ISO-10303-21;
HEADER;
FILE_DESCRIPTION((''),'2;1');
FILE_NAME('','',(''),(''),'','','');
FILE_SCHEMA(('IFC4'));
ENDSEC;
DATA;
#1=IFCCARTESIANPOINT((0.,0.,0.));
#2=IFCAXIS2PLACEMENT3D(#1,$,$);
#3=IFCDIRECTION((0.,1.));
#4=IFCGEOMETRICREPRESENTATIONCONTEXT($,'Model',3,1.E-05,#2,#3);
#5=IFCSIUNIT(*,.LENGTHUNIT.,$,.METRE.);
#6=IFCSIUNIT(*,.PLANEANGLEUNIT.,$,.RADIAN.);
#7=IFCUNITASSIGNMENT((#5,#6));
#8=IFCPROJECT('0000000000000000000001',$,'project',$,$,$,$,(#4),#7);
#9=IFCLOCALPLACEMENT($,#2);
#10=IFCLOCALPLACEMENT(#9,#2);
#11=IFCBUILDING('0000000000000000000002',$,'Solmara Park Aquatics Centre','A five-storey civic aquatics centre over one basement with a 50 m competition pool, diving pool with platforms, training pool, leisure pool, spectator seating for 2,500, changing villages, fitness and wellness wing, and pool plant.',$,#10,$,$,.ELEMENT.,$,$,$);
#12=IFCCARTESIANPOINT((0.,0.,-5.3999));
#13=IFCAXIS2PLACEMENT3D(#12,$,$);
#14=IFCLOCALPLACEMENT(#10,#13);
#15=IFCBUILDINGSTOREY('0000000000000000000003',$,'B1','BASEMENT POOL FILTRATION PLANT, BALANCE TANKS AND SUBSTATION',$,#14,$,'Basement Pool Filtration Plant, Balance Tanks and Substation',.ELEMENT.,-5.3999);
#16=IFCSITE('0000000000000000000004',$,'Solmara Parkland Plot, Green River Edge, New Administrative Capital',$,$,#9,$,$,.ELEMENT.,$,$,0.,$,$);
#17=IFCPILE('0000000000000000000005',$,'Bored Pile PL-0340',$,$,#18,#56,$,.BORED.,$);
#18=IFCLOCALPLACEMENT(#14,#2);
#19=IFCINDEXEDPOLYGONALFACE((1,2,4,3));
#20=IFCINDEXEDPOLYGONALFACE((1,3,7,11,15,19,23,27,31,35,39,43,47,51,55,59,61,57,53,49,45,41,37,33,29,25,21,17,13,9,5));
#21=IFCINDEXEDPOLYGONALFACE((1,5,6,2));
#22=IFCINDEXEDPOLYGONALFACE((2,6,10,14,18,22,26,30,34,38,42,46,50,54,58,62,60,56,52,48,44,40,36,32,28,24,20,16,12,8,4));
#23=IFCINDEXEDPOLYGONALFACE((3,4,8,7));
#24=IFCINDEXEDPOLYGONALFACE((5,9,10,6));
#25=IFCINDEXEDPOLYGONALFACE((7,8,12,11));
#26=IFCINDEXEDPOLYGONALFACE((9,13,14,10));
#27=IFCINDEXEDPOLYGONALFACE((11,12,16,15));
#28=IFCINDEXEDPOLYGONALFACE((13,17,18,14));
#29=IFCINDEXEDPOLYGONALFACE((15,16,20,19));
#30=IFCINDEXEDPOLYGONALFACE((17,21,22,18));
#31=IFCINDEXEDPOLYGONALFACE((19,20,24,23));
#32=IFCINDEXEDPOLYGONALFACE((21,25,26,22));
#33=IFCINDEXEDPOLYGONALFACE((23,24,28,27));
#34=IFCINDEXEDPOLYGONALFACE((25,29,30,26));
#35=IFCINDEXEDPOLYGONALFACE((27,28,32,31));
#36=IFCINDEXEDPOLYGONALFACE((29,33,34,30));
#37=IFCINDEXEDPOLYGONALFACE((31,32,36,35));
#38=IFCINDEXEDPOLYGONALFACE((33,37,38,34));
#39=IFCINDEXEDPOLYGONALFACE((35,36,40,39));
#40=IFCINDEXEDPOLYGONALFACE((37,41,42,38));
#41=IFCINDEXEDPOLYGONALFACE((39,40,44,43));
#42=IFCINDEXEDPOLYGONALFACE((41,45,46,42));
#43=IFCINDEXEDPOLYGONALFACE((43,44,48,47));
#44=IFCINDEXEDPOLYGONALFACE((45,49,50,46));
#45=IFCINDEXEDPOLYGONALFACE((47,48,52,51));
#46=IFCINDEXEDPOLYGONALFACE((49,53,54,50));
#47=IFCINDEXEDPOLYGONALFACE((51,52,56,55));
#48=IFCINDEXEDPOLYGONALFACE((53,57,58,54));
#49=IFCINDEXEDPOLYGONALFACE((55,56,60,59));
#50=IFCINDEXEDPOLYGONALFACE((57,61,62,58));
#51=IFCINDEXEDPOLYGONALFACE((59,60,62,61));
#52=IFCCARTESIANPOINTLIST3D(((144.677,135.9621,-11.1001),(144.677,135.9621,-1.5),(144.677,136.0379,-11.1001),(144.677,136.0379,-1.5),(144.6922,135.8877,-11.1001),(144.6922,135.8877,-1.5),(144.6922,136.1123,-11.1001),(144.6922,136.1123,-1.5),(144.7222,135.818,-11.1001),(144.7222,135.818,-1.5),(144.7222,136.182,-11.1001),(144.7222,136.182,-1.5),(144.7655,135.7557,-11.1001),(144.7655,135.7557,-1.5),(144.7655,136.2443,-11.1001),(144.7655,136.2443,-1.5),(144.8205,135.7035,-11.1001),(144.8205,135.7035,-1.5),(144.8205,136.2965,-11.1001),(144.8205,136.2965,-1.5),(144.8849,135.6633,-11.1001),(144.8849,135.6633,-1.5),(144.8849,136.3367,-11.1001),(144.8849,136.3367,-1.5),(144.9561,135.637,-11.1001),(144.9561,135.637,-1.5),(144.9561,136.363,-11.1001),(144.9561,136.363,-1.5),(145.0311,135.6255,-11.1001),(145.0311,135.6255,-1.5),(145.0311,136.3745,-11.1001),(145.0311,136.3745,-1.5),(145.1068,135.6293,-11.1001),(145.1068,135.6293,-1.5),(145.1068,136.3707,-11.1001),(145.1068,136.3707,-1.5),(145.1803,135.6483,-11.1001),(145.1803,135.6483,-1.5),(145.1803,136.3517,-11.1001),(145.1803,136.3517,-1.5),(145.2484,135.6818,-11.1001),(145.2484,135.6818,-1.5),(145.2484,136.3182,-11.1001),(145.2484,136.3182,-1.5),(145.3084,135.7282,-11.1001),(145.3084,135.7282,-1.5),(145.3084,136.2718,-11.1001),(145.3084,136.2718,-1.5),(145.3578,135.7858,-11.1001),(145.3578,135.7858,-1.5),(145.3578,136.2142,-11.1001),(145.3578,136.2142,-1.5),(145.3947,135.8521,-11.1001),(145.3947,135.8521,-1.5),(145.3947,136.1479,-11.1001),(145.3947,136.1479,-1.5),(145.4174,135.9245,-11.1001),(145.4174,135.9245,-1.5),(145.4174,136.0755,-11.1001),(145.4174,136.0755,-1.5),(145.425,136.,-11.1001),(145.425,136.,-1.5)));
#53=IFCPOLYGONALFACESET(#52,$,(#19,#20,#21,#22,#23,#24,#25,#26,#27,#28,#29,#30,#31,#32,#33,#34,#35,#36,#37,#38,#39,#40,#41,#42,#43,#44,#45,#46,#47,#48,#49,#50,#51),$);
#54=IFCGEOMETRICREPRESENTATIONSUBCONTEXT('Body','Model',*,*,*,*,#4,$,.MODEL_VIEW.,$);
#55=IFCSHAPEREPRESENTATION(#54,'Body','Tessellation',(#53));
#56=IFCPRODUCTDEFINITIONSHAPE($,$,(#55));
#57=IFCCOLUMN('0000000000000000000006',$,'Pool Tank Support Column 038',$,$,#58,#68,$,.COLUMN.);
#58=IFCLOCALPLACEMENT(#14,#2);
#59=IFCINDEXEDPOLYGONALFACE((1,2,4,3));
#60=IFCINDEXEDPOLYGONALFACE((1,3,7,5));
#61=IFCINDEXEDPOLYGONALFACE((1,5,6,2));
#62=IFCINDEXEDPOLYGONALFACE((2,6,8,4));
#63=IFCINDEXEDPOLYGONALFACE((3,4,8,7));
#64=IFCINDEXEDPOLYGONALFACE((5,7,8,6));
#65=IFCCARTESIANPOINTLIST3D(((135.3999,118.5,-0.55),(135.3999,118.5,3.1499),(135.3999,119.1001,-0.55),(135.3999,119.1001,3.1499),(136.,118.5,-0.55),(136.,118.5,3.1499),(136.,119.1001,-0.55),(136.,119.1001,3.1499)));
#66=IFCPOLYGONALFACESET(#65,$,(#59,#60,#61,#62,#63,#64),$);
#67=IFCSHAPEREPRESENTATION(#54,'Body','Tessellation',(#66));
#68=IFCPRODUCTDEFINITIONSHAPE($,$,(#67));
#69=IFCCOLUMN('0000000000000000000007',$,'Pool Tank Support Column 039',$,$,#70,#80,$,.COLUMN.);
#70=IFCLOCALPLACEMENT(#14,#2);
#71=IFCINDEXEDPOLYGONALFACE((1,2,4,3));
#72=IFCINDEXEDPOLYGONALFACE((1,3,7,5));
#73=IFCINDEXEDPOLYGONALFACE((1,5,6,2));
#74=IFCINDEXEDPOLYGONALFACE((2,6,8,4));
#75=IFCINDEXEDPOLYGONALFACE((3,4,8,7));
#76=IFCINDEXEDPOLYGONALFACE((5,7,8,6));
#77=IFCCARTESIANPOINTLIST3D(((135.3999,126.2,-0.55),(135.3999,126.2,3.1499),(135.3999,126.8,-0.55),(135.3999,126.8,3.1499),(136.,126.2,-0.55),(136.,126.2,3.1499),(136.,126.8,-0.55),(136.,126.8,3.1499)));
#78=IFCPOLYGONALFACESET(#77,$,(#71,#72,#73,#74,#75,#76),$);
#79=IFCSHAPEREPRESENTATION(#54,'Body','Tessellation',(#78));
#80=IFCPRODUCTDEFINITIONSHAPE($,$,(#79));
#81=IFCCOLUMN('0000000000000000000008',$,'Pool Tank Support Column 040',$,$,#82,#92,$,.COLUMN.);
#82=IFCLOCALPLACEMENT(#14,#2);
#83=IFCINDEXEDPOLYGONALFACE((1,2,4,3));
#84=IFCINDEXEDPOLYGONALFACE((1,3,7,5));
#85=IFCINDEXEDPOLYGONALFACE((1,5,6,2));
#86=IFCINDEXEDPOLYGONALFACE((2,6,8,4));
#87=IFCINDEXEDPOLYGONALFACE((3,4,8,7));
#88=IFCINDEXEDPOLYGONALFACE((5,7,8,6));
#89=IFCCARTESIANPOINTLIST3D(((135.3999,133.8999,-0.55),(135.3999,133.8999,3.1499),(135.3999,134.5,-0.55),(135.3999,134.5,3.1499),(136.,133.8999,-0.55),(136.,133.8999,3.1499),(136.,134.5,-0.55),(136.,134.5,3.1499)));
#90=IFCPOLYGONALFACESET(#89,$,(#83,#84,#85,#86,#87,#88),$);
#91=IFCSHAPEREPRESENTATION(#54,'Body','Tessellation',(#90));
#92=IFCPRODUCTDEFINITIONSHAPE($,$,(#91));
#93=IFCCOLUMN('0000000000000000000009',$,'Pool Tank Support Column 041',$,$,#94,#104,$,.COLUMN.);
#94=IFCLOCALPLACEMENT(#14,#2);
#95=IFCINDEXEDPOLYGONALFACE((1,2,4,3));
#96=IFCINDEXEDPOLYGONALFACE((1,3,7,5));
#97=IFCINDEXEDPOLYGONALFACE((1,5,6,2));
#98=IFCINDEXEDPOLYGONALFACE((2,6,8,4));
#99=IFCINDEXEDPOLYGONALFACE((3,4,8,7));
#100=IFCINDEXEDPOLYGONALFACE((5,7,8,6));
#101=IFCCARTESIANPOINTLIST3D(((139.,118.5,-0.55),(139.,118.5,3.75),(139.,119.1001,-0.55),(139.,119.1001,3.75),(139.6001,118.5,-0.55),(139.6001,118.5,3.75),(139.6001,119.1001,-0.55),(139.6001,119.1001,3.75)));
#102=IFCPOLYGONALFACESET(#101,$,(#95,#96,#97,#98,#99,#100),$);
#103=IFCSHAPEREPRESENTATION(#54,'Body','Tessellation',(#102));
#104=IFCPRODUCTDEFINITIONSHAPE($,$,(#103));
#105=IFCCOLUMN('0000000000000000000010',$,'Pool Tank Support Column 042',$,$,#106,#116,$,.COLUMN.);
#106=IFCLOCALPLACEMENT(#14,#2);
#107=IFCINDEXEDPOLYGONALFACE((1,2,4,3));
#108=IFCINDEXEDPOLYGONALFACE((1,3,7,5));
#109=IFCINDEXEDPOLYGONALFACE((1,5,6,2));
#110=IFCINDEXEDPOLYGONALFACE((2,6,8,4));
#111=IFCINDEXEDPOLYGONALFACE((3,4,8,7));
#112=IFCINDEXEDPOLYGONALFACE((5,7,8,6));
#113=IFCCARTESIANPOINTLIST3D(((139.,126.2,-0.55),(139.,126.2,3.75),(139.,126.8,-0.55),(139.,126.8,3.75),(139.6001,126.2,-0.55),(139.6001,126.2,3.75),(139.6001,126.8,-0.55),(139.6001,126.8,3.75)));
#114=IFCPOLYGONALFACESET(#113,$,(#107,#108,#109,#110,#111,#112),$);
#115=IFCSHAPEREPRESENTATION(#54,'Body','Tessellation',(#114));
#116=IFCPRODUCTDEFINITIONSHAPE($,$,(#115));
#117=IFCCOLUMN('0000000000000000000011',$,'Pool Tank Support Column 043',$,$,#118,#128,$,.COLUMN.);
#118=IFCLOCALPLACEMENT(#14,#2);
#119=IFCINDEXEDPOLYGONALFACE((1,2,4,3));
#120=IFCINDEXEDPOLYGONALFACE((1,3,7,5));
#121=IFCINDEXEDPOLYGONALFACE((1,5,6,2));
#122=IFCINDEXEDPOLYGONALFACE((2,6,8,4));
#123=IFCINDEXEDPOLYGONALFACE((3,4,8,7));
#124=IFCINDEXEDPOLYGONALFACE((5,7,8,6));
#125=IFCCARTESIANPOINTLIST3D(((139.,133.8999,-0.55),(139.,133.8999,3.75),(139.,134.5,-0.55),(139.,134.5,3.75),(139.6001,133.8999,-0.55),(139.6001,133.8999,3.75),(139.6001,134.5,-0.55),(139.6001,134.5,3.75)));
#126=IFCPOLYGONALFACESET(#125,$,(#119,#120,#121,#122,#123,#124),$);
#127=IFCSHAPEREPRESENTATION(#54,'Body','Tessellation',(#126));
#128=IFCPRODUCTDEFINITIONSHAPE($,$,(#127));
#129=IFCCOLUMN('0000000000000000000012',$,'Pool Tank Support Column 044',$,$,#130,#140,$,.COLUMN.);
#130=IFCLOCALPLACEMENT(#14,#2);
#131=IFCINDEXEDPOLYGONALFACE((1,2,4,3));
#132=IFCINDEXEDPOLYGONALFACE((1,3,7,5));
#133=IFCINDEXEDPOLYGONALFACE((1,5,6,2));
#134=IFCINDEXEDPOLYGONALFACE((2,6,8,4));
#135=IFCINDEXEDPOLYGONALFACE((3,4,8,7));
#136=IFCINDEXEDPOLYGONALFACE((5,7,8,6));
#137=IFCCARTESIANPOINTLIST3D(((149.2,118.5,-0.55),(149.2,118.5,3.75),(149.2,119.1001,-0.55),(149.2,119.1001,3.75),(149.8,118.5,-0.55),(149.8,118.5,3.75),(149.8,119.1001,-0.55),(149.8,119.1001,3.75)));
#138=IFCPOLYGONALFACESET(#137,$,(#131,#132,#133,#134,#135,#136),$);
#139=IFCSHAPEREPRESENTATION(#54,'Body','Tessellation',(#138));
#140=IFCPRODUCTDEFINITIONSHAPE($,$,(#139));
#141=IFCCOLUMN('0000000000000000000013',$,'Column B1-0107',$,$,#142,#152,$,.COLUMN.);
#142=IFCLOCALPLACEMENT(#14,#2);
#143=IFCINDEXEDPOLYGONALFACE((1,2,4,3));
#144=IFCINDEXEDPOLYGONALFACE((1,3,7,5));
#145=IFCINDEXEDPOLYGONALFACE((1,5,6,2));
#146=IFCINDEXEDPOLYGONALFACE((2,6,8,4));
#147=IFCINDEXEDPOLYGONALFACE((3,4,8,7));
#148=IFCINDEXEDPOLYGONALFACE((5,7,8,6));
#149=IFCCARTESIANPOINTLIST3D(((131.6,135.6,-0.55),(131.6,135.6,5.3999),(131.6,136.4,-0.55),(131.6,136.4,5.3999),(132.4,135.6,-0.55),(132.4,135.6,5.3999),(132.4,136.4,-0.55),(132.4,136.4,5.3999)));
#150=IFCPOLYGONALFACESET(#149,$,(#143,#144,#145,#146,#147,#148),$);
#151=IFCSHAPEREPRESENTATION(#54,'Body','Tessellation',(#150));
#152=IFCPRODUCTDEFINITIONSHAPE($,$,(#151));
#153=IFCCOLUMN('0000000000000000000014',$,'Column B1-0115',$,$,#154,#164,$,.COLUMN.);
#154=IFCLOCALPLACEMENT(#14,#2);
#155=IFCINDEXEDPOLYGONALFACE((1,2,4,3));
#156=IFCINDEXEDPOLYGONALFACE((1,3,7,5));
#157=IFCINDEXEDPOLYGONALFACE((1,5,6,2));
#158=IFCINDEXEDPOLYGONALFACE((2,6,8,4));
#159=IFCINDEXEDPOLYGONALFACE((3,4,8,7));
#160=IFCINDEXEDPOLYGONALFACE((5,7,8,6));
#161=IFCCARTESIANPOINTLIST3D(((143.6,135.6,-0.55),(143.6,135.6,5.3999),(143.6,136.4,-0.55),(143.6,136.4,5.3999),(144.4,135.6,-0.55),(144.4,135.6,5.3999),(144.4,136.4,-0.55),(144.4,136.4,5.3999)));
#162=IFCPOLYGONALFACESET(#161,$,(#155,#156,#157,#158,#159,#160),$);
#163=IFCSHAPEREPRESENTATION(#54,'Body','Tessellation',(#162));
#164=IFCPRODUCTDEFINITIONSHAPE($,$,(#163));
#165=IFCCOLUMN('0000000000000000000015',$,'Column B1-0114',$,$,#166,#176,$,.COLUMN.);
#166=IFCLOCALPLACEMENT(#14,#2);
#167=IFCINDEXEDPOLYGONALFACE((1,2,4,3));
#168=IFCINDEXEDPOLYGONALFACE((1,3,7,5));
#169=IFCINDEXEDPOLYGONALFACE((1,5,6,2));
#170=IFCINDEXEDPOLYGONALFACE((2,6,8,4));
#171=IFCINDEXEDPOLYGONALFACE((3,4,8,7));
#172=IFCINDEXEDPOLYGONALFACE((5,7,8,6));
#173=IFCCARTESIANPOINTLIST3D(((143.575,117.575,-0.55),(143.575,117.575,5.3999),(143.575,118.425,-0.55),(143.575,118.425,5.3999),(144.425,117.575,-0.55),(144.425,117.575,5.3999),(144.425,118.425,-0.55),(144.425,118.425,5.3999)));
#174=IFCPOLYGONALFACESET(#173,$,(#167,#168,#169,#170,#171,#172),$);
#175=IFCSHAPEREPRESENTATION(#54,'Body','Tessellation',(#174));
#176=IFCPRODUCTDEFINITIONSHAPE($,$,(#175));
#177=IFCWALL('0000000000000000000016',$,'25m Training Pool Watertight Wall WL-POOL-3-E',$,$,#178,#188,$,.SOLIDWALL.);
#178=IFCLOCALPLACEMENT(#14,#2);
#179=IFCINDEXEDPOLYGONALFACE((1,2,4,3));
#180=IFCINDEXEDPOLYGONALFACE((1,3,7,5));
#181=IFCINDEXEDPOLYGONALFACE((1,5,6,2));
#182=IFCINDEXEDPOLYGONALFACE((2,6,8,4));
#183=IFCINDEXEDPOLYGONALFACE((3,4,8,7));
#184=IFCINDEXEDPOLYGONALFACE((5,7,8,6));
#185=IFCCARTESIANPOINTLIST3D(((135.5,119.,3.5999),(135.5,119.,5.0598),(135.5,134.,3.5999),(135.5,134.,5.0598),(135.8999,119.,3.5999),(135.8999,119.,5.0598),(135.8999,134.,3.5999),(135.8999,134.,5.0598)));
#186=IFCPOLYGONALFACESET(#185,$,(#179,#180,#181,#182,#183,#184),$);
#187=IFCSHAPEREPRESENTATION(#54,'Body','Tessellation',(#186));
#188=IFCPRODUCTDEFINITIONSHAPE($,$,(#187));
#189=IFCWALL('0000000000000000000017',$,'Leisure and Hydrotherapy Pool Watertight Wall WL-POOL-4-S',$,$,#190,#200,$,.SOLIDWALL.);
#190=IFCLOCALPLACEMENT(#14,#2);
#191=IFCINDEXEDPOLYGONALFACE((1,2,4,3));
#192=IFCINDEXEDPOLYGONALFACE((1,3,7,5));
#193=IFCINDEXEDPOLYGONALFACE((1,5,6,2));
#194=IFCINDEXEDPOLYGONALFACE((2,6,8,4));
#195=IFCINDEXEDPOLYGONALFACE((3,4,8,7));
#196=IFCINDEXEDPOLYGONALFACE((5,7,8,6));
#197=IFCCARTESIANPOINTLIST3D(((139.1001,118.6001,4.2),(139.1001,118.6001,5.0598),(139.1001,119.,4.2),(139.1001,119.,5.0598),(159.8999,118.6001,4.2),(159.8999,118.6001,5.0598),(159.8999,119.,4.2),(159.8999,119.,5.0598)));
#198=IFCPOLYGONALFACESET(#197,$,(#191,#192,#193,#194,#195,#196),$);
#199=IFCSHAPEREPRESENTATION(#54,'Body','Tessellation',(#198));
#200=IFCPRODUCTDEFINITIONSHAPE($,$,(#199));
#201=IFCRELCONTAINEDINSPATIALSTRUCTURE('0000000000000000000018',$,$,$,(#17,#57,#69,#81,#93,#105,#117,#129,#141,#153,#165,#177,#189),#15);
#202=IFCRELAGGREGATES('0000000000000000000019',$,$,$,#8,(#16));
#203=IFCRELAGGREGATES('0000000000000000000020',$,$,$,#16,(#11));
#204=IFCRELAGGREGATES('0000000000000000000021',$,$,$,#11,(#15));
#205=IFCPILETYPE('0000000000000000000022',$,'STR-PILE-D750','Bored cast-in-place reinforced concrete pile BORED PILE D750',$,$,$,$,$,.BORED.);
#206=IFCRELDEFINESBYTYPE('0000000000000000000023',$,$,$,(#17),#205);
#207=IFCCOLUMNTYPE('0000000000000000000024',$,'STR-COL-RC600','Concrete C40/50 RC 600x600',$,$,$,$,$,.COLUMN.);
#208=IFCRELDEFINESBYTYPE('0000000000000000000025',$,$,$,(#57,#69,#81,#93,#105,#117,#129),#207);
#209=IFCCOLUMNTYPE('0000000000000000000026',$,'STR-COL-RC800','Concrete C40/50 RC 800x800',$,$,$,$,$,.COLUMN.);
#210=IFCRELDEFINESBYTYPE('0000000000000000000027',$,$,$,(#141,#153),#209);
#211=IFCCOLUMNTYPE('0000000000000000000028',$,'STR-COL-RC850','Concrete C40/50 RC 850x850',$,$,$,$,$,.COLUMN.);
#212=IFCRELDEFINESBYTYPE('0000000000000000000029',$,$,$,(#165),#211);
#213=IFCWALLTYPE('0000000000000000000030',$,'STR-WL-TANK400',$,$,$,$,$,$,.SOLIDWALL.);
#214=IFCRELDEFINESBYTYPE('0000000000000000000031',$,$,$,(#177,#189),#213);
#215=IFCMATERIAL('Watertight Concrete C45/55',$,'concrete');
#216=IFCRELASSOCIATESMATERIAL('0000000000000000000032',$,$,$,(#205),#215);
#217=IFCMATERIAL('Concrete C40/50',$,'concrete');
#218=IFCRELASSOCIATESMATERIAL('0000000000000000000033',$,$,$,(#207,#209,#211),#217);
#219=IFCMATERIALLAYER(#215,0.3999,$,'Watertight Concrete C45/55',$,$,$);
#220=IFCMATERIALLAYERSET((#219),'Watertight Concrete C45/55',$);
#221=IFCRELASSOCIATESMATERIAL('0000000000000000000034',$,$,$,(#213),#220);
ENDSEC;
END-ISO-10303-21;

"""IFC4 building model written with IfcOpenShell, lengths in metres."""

from ifc_helpers import new_model, si_unit, direction, frame, frame_2d, origin, origin_2d, place, context, subcontext, project, spatial, rectangle, circle, extrude, material, layer, layer_set, material_profile, profile_set, type_object, element, save


model = new_model("IFC4")

# Units and contexts
model_context = context("Model", 3, precision=1e-05, world=origin(), true_north=direction((0.0, 1.0)))
body_context = subcontext(model_context, "Body", "Model", "MODEL_VIEW")
ifc_project = project(units=[si_unit("LENGTHUNIT", "METRE"), si_unit("PLANEANGLEUNIT", "RADIAN")], contexts=[model_context])

# Site, building, storey
site_placement = place(None, origin())
site = spatial("IfcSite", under=ifc_project, at=site_placement, Name="Solmara Parkland Plot, Green River Edge, New Administrative Capital", CompositionType="ELEMENT", RefElevation=0.0)
building_placement = place(site_placement, origin())
building = spatial("IfcBuilding", under=site, at=building_placement, Name="Solmara Park Aquatics Centre", Description="A five-storey civic aquatics centre over one basement with a 50 m competition pool, diving pool with platforms, training pool, leisure pool, spectator seating for 2,500, changing villages, fitness and wellness wing, and pool plant.", CompositionType="ELEMENT")
storey_placement = place(building_placement, frame((0.0, 0.0, -5.3999)))
storey = spatial("IfcBuildingStorey", under=building, at=storey_placement, Name="B1", Description="BASEMENT POOL FILTRATION PLANT, BALANCE TANKS AND SUBSTATION", LongName="Basement Pool Filtration Plant, Balance Tanks and Substation", CompositionType="ELEMENT", Elevation=-5.3999)

# Shared definitions
ifc_material_1 = material(Name="Watertight Concrete C45/55", Category="concrete")

# Pile
ifc_material_profile_1 = material_profile(ifc_material_1, circle(Radius=0.375, at=origin_2d()), Name="BORED PILE D750")
ifc_profile_set_1 = profile_set([ifc_material_profile_1], Name="Watertight Concrete C45/55")
pile_type_1 = type_object("IfcPileType", Name="STR-PILE-D750", Description="Bored cast-in-place reinforced concrete pile BORED PILE D750", PredefinedType="BORED", material=ifc_profile_set_1)
for number, where, z_axis, x_axis, name in (
    (1, (145.05, 136.0, -1.5), (0.0, 0.0, -1.0), (1.0, 0.0, 0.0), "Bored Pile PL-0340"),
):
    element("IfcPile", number, at=place(storey_placement, frame(where, z_axis=z_axis, x_axis=x_axis)), inside=storey, type_object=pile_type_1, Name=name, PredefinedType="BORED", context=body_context, shape_type="SweptSolid", body=[
        extrude(circle(Radius=0.375, at=origin_2d()), origin(), (0.0, 0.0, 1.0), 9.6001),
    ])

# Columns
ifc_material_2 = material(Name="Concrete C40/50", Category="concrete")
ifc_material_profile_2 = material_profile(ifc_material_2, rectangle(XDim=0.6001, YDim=0.6001, at=origin_2d()), Name="RC 600x600")
ifc_profile_set_2 = profile_set([ifc_material_profile_2], Name="Concrete C40/50")
column_type_1 = type_object("IfcColumnType", Name="STR-COL-RC600", Description="Concrete C40/50 RC 600x600", PredefinedType="COLUMN", material=ifc_profile_set_2)
for number, where, z_axis, x_axis, name in (
    (2, (135.7, 118.8, -0.55), (0.0, 0.0, 1.0), (1.0, 0.0, 0.0), "Pool Tank Support Column 038"),
    (3, (135.7, 126.5, -0.55), (0.0, 0.0, 1.0), (1.0, 0.0, 0.0), "Pool Tank Support Column 039"),
    (4, (135.7, 134.2, -0.55), (0.0, 0.0, 1.0), (1.0, 0.0, 0.0), "Pool Tank Support Column 040"),
):
    element("IfcColumn", number, at=place(storey_placement, frame(where, z_axis=z_axis, x_axis=x_axis)), inside=storey, type_object=column_type_1, Name=name, PredefinedType="COLUMN", context=body_context, shape_type="SweptSolid", body=[
        extrude(rectangle(XDim=0.6001, YDim=0.6001, at=origin_2d()), origin(), (0.0, 0.0, 1.0), 3.7),
    ])
for number, where, z_axis, x_axis, name in (
    (5, (139.3, 118.8, -0.55), (0.0, 0.0, 1.0), (1.0, 0.0, 0.0), "Pool Tank Support Column 041"),
    (6, (139.3, 126.5, -0.55), (0.0, 0.0, 1.0), (1.0, 0.0, 0.0), "Pool Tank Support Column 042"),
    (7, (139.3, 134.2, -0.55), (0.0, 0.0, 1.0), (1.0, 0.0, 0.0), "Pool Tank Support Column 043"),
    (8, (149.5, 118.8, -0.55), (0.0, 0.0, 1.0), (1.0, 0.0, 0.0), "Pool Tank Support Column 044"),
):
    element("IfcColumn", number, at=place(storey_placement, frame(where, z_axis=z_axis, x_axis=x_axis)), inside=storey, type_object=column_type_1, Name=name, PredefinedType="COLUMN", context=body_context, shape_type="SweptSolid", body=[
        extrude(rectangle(XDim=0.6001, YDim=0.6001, at=origin_2d()), origin(), (0.0, 0.0, 1.0), 4.3),
    ])
ifc_material_profile_3 = material_profile(ifc_material_2, rectangle(XDim=0.8, YDim=0.8, at=origin_2d()), Name="RC 800x800")
ifc_profile_set_3 = profile_set([ifc_material_profile_3], Name="Concrete C40/50")
column_type_2 = type_object("IfcColumnType", Name="STR-COL-RC800", Description="Concrete C40/50 RC 800x800", PredefinedType="COLUMN", material=ifc_profile_set_3)
for number, where, z_axis, x_axis, name in (
    (9, (132.0, 136.0, -0.55), (0.0, 0.0, 1.0), (1.0, 0.0, 0.0), "Column B1-0107"),
    (10, (144.0, 136.0, -0.55), (0.0, 0.0, 1.0), (1.0, 0.0, 0.0), "Column B1-0115"),
):
    element("IfcColumn", number, at=place(storey_placement, frame(where, z_axis=z_axis, x_axis=x_axis)), inside=storey, type_object=column_type_2, Name=name, PredefinedType="COLUMN", context=body_context, shape_type="SweptSolid", body=[
        extrude(rectangle(XDim=0.8, YDim=0.8, at=origin_2d()), origin(), (0.0, 0.0, 1.0), 5.95),
    ])
ifc_material_profile_4 = material_profile(ifc_material_2, rectangle(XDim=0.8501, YDim=0.8501, at=origin_2d()), Name="RC 850x850")
ifc_profile_set_4 = profile_set([ifc_material_profile_4], Name="Concrete C40/50")
column_type_3 = type_object("IfcColumnType", Name="STR-COL-RC850", Description="Concrete C40/50 RC 850x850", PredefinedType="COLUMN", material=ifc_profile_set_4)
column_placement = place(storey_placement, frame((144.0, 118.0, -0.55), z_axis=(0.0, 0.0, 1.0), x_axis=(1.0, 0.0, 0.0)))
element("IfcColumn", 11, at=column_placement, inside=storey, type_object=column_type_3, Name="Column B1-0114", PredefinedType="COLUMN", context=body_context, shape_type="SweptSolid", body=[
    extrude(rectangle(XDim=0.8501, YDim=0.8501, at=origin_2d()), origin(), (0.0, 0.0, 1.0), 5.95),
])

# Walls
ifc_layer = layer(ifc_material_1, 0.3999, Name="Watertight Concrete C45/55")
ifc_layer_set = layer_set([ifc_layer], Name="Watertight Concrete C45/55")
wall_type = type_object("IfcWallType", Name="STR-WL-TANK400", PredefinedType="SOLIDWALL", material=ifc_layer_set)
wall_1_placement = place(storey_placement, frame((135.7, 119.0, 3.5999), z_axis=(0.0, 0.0, 1.0), x_axis=(0.0, 1.0, 0.0)))
element("IfcWall", 12, at=wall_1_placement, inside=storey, type_object=wall_type, Name="25m Training Pool Watertight Wall WL-POOL-3-E", PredefinedType="SOLIDWALL", context=body_context, shape_type="SweptSolid", body=[
    extrude(rectangle(XDim=15.0, YDim=0.3999, at=frame_2d((7.5, 0.0))), origin(), (0.0, 0.0, 1.0), 1.46),
])
for number, where, z_axis, x_axis, name in (
    (13, (139.1001, 118.8, 4.2), (0.0, 0.0, 1.0), (1.0, 0.0, 0.0), "Leisure and Hydrotherapy Pool Watertight Wall WL-POOL-4-S"),
):
    element("IfcWall", number, at=place(storey_placement, frame(where, z_axis=z_axis, x_axis=x_axis)), inside=storey, type_object=wall_type, Name=name, PredefinedType="SOLIDWALL", context=body_context, shape_type="SweptSolid", body=[
        extrude(rectangle(XDim=20.7998, YDim=0.3999, at=frame_2d((10.3999, 0.0))), origin(), (0.0, 0.0, 1.0), 0.8599),
    ])

save(model, "model.ifc")
